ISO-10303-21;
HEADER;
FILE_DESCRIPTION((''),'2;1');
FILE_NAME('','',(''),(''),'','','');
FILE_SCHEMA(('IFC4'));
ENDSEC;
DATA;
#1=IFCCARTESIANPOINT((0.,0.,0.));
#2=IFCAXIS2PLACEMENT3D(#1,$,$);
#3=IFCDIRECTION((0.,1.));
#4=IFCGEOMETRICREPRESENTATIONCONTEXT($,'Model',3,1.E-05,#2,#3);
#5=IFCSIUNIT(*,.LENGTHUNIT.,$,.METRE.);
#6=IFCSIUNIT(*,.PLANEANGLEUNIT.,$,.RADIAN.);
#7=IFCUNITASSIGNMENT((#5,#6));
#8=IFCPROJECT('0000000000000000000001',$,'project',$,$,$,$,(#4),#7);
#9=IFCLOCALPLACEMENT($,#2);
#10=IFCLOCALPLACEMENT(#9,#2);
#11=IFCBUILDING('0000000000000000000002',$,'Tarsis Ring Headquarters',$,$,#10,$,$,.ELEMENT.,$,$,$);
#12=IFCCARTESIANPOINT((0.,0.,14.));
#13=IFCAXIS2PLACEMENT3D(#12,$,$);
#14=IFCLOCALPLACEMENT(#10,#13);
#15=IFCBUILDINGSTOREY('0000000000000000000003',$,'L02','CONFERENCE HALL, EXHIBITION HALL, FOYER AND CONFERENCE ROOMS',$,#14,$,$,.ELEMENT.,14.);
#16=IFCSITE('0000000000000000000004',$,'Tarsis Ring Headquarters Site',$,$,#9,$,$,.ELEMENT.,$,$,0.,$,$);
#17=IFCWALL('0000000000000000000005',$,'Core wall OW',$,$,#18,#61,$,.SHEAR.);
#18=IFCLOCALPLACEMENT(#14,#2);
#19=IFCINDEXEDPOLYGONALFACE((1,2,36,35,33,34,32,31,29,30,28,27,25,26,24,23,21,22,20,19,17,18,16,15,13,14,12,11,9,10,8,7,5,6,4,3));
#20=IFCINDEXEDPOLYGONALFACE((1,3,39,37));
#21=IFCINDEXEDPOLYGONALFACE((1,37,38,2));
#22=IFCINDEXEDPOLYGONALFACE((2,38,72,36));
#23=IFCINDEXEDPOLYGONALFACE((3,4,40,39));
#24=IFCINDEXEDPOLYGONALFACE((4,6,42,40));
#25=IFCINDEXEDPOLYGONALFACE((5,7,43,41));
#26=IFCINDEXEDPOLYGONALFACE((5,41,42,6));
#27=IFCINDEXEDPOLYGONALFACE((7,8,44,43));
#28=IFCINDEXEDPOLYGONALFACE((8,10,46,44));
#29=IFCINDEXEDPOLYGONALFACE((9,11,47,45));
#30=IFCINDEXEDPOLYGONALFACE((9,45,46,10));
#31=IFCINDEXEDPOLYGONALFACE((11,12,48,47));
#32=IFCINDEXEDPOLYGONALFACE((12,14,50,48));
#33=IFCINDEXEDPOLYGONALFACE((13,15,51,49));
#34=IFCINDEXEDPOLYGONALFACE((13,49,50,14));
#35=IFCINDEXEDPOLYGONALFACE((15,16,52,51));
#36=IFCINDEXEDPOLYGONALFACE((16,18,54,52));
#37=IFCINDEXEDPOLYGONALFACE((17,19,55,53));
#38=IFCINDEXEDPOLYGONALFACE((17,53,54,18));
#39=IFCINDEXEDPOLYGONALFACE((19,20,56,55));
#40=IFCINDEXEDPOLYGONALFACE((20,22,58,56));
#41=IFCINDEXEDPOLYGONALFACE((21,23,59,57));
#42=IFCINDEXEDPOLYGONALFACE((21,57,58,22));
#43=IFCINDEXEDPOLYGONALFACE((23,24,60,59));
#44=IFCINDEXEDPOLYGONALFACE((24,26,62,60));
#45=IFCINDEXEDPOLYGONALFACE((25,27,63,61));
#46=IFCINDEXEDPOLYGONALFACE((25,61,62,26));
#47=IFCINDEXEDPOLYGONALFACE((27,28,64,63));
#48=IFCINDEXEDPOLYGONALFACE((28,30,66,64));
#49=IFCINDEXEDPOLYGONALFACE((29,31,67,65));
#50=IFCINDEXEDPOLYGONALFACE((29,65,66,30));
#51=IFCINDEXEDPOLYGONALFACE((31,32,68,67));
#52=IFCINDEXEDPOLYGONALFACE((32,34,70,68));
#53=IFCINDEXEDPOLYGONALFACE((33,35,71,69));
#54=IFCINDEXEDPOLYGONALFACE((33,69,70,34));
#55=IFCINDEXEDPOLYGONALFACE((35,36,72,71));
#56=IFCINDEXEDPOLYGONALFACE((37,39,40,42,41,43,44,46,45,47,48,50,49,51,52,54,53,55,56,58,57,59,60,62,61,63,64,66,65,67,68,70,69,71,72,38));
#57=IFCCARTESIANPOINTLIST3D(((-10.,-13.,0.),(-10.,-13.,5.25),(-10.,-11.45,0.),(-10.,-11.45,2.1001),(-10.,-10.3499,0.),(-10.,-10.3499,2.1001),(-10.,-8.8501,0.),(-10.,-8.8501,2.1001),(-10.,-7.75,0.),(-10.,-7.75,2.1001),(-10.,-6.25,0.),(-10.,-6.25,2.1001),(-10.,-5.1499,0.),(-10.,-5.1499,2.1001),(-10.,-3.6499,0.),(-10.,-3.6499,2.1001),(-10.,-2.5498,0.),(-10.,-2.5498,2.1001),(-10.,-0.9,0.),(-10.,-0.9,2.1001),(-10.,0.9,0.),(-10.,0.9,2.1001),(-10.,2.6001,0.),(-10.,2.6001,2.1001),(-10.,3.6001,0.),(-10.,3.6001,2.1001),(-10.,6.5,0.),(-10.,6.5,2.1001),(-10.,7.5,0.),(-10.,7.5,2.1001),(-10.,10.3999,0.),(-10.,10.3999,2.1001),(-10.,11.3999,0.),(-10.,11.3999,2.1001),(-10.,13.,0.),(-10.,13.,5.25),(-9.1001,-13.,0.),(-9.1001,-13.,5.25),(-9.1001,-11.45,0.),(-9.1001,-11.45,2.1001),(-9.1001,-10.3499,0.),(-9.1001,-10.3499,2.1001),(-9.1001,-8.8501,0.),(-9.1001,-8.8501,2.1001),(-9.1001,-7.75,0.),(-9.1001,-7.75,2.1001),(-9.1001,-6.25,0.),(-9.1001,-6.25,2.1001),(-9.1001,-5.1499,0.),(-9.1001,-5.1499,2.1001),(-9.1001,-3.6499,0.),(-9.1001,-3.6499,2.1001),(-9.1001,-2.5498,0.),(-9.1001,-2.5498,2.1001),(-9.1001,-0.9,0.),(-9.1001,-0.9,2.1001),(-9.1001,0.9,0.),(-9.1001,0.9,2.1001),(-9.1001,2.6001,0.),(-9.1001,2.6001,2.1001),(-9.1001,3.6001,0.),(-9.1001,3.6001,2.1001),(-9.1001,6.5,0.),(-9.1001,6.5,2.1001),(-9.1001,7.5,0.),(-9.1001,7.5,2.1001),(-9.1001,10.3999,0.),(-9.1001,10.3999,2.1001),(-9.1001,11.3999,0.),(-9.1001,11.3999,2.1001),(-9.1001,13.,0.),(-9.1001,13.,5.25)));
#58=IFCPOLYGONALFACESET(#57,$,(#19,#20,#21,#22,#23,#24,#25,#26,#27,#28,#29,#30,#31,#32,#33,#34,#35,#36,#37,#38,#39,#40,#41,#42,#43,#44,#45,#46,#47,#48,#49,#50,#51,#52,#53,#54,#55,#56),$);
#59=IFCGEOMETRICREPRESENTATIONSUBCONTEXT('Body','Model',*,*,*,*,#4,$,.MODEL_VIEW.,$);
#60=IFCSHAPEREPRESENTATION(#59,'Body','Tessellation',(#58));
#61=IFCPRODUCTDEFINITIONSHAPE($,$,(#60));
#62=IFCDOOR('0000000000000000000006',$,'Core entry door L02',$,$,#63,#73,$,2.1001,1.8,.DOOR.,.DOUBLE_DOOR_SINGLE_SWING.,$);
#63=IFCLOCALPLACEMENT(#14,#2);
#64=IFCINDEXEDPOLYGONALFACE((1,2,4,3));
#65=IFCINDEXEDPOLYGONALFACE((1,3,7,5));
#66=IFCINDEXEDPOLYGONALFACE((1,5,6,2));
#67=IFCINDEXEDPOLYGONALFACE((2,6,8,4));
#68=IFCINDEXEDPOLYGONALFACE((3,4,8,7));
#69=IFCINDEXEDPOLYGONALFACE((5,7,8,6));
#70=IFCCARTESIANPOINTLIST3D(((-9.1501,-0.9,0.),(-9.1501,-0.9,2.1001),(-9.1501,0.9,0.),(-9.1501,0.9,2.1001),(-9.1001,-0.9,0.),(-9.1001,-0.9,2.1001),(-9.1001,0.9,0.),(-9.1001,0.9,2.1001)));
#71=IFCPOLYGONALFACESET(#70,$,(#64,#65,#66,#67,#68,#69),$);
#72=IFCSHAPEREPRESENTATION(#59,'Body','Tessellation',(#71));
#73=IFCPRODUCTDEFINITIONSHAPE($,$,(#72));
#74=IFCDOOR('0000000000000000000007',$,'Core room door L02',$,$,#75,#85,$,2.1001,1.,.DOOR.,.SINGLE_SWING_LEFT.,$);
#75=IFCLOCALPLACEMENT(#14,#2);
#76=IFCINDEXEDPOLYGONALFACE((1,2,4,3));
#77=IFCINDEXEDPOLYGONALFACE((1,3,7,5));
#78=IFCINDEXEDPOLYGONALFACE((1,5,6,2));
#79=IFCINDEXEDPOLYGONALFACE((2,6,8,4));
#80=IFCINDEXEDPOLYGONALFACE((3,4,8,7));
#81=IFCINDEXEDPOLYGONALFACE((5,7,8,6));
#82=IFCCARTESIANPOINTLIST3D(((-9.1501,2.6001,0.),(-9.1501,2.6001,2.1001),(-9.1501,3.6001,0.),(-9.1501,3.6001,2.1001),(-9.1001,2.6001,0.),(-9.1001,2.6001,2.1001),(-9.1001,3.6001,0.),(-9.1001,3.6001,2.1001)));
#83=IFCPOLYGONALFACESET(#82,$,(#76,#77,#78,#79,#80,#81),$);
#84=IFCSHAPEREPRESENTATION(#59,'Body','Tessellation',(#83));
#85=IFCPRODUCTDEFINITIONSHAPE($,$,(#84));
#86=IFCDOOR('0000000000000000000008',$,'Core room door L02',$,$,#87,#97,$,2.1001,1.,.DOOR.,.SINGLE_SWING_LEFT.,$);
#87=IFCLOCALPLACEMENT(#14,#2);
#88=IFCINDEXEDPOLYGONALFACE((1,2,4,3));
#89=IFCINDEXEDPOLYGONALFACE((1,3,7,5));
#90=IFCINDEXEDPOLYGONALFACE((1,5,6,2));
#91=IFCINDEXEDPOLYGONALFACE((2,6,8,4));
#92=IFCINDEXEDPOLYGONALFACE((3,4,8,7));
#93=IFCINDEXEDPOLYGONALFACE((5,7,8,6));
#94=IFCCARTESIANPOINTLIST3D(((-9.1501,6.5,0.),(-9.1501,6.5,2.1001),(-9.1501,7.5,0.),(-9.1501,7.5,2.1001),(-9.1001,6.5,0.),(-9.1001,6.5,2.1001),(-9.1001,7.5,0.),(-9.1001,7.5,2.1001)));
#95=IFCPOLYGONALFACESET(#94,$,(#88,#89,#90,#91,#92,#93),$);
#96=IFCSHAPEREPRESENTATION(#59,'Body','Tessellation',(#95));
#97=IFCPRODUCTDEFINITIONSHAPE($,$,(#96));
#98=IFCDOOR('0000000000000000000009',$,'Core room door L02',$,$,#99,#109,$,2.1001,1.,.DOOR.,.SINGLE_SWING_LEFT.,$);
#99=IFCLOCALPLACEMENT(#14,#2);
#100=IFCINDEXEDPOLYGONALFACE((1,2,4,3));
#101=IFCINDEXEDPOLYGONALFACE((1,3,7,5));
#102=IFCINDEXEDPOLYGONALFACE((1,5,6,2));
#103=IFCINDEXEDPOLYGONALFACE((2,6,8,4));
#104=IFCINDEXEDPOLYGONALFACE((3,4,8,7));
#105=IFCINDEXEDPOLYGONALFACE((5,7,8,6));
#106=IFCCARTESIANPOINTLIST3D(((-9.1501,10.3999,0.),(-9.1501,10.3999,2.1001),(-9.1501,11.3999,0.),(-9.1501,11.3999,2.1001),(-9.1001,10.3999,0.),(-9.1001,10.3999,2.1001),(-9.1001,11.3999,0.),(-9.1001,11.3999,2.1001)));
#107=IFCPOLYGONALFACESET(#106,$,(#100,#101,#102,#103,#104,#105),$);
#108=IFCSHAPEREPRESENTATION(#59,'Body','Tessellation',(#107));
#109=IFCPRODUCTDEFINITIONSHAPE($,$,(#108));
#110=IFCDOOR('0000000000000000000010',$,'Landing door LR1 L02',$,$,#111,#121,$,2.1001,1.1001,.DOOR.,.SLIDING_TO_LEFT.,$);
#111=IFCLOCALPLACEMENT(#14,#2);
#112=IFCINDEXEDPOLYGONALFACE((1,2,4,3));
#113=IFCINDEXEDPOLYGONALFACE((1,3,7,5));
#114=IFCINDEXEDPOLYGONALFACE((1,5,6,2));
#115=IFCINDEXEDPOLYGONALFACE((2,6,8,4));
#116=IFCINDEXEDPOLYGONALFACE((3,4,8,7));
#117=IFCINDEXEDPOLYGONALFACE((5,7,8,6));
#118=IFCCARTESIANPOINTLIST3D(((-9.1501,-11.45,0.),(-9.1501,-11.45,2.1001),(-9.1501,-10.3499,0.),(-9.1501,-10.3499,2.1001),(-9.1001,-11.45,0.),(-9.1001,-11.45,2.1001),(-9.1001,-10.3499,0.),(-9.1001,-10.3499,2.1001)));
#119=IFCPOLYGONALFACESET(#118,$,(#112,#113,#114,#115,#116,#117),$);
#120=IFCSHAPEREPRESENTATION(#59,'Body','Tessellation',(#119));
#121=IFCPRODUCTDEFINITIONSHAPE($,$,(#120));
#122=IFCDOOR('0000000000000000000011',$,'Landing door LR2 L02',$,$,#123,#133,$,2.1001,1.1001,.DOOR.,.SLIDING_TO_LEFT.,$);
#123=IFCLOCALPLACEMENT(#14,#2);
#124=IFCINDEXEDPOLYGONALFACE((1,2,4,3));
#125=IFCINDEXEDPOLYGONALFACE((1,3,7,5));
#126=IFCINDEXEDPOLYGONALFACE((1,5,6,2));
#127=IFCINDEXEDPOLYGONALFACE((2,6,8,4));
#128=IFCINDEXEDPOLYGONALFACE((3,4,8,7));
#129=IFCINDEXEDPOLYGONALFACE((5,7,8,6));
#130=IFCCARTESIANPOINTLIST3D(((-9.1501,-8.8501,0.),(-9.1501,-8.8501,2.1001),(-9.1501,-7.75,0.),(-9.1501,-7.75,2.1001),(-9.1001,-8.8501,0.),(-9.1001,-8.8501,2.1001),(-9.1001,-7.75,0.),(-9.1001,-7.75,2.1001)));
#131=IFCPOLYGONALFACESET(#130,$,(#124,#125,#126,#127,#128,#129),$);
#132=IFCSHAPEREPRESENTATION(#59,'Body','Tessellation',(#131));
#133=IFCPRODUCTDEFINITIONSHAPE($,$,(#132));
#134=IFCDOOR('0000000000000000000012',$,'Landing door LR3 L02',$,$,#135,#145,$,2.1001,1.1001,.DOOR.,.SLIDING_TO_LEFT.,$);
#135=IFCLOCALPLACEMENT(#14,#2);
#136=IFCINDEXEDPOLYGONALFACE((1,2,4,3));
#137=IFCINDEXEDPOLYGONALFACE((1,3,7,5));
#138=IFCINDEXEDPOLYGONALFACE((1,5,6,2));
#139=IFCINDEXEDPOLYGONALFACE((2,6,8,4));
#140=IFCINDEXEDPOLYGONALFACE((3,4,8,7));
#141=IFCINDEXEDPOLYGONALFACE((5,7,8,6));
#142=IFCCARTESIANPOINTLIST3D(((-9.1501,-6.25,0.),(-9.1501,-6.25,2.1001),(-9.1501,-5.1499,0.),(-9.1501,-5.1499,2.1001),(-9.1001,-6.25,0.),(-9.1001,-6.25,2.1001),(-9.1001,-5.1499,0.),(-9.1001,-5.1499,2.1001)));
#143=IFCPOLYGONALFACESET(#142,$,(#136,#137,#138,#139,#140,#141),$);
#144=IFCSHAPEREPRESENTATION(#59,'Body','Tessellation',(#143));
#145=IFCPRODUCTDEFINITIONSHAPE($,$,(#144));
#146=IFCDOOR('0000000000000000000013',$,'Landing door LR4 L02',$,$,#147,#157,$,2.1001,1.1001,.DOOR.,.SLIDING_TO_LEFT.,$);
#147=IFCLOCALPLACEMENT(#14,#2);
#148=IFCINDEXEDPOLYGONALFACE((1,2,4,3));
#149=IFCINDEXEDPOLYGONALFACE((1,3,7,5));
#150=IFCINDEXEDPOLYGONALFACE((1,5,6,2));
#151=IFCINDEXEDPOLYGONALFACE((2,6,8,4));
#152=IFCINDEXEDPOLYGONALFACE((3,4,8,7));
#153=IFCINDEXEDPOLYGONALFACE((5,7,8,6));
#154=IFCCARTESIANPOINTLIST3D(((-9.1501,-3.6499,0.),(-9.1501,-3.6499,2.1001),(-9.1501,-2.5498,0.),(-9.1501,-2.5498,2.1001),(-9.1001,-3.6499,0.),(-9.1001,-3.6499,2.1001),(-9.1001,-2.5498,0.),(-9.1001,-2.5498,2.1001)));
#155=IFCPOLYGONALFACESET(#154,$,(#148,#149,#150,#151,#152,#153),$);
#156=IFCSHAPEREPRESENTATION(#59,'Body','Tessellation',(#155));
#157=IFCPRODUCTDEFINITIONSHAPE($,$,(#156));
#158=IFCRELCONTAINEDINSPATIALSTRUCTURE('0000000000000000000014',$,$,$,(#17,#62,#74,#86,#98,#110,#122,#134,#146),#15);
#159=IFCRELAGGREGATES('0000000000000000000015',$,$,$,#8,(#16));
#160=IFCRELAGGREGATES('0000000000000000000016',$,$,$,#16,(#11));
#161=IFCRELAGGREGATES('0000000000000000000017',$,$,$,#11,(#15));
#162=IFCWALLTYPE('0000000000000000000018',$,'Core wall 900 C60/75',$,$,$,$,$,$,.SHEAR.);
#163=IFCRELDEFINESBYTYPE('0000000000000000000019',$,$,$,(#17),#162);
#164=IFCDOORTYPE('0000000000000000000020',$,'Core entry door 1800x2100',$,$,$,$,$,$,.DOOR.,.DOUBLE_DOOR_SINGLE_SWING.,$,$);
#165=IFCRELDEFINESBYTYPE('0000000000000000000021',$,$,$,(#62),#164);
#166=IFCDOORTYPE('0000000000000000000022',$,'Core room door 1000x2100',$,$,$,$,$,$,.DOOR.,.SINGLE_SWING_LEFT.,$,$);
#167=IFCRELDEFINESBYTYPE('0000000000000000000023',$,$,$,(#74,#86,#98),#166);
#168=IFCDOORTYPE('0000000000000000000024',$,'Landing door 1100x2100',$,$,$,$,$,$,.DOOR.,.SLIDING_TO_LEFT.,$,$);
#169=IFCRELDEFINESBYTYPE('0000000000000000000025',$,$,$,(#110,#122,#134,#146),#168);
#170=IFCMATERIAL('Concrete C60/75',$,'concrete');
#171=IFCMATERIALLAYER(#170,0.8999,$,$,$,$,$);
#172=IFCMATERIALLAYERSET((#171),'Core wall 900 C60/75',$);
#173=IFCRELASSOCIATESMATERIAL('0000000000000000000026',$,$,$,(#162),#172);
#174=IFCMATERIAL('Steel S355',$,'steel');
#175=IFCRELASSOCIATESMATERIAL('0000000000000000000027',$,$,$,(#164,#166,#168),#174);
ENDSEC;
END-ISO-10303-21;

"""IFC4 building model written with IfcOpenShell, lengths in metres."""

from ifc_helpers import new_model, si_unit, direction, frame, frame_2d, origin, place, context, subcontext, project, spatial, rectangle, extrude, material, layer, layer_set, type_object, element, fill, save


model = new_model("IFC4")

# Units and contexts
model_context = context("Model", 3, precision=1e-05, world=origin(), true_north=direction((0.0, 1.0)))
body_context = subcontext(model_context, "Body", "Model", "MODEL_VIEW")
ifc_project = project(units=[si_unit("LENGTHUNIT", "METRE"), si_unit("PLANEANGLEUNIT", "RADIAN")], contexts=[model_context])

# Site, building, storey
site_placement = place(None, origin())
site = spatial("IfcSite", under=ifc_project, at=site_placement, Name="Tarsis Ring Headquarters Site", CompositionType="ELEMENT", RefElevation=0.0)
building_placement = place(site_placement, origin())
building = spatial("IfcBuilding", under=site, at=building_placement, Name="Tarsis Ring Headquarters", CompositionType="ELEMENT")
storey_placement = place(building_placement, frame((0.0, 0.0, 14.0)))
storey = spatial("IfcBuildingStorey", under=building, at=storey_placement, Name="L02", Description="CONFERENCE HALL, EXHIBITION HALL, FOYER AND CONFERENCE ROOMS", CompositionType="ELEMENT", Elevation=14.0)

# Shared definitions
ifc_material_1 = material(Name="Concrete C60/75", Category="concrete")

# Wall, openings, doors
ifc_layer_1 = layer(ifc_material_1, 0.8999)
ifc_layer_set_1 = layer_set([ifc_layer_1], Name="Core wall 900 C60/75")
wall_type_1 = type_object("IfcWallType", Name="Core wall 900 C60/75", PredefinedType="SHEAR", material=ifc_layer_set_1)
wall_1_placement = place(storey_placement, frame((-9.55, -13.0, 0.0), z_axis=(0.0, 0.0, 1.0), x_axis=(0.0, 1.0, 0.0)))
wall_1 = element("IfcWall", 1, at=wall_1_placement, inside=storey, type_object=wall_type_1, Name="Core wall OW", PredefinedType="SHEAR", context=body_context, shape_type="SweptSolid", body=[
    extrude(rectangle(XDim=26.0, YDim=0.8999, at=frame_2d((13.0, 0.0))), origin(), (0.0, 0.0, 1.0), 5.25),
])
opening_1_placement = place(wall_1_placement, frame((1.55, 0.0, 0.0)))
opening_1 = element("IfcOpeningElement", 2, at=opening_1_placement, cuts=wall_1, PredefinedType="OPENING", context=body_context, shape_type="SweptSolid", body=[
    extrude(rectangle(XDim=1.1001, YDim=2.1001, at=frame_2d((0.55, 1.05))), frame((0.0, 0.46, 0.0), z_axis=(0.0, -1.0, 0.0), x_axis=(1.0, 0.0, 0.0)), (0.0, 0.0, 1.0), 0.9199),
])
opening_2_placement = place(wall_1_placement, frame((4.1499, 0.0, 0.0)))
opening_2 = element("IfcOpeningElement", 3, at=opening_2_placement, cuts=wall_1, PredefinedType="OPENING", context=body_context, shape_type="SweptSolid", body=[
    extrude(rectangle(XDim=1.1001, YDim=2.1001, at=frame_2d((0.55, 1.05))), frame((0.0, 0.46, 0.0), z_axis=(0.0, -1.0, 0.0), x_axis=(1.0, 0.0, 0.0)), (0.0, 0.0, 1.0), 0.9199),
])
opening_3_placement = place(wall_1_placement, frame((6.75, 0.0, 0.0)))
opening_3 = element("IfcOpeningElement", 4, at=opening_3_placement, cuts=wall_1, PredefinedType="OPENING", context=body_context, shape_type="SweptSolid", body=[
    extrude(rectangle(XDim=1.1001, YDim=2.1001, at=frame_2d((0.55, 1.05))), frame((0.0, 0.46, 0.0), z_axis=(0.0, -1.0, 0.0), x_axis=(1.0, 0.0, 0.0)), (0.0, 0.0, 1.0), 0.9199),
])
opening_4_placement = place(wall_1_placement, frame((9.3501, 0.0, 0.0)))
opening_4 = element("IfcOpeningElement", 5, at=opening_4_placement, cuts=wall_1, PredefinedType="OPENING", context=body_context, shape_type="SweptSolid", body=[
    extrude(rectangle(XDim=1.1001, YDim=2.1001, at=frame_2d((0.55, 1.05))), frame((0.0, 0.46, 0.0), z_axis=(0.0, -1.0, 0.0), x_axis=(1.0, 0.0, 0.0)), (0.0, 0.0, 1.0), 0.9199),
])
opening_5_placement = place(wall_1_placement, frame((12.1001, 0.0, 0.0)))
opening_5 = element("IfcOpeningElement", 6, at=opening_5_placement, cuts=wall_1, PredefinedType="OPENING", context=body_context, shape_type="SweptSolid", body=[
    extrude(rectangle(XDim=1.8, YDim=2.1001, at=frame_2d((0.8999, 1.05))), frame((0.0, 0.46, 0.0), z_axis=(0.0, -1.0, 0.0), x_axis=(1.0, 0.0, 0.0)), (0.0, 0.0, 1.0), 0.9199),
])
opening_6_placement = place(wall_1_placement, frame((15.6001, 0.0, 0.0)))
opening_6 = element("IfcOpeningElement", 7, at=opening_6_placement, cuts=wall_1, PredefinedType="OPENING", context=body_context, shape_type="SweptSolid", body=[
    extrude(rectangle(XDim=1.0, YDim=2.1001, at=frame_2d((0.5, 1.05))), frame((0.0, 0.46, 0.0), z_axis=(0.0, -1.0, 0.0), x_axis=(1.0, 0.0, 0.0)), (0.0, 0.0, 1.0), 0.9199),
])
opening_7_placement = place(wall_1_placement, frame((19.5, 0.0, 0.0)))
opening_7 = element("IfcOpeningElement", 8, at=opening_7_placement, cuts=wall_1, PredefinedType="OPENING", context=body_context, shape_type="SweptSolid", body=[
    extrude(rectangle(XDim=1.0, YDim=2.1001, at=frame_2d((0.5, 1.05))), frame((0.0, 0.46, 0.0), z_axis=(0.0, -1.0, 0.0), x_axis=(1.0, 0.0, 0.0)), (0.0, 0.0, 1.0), 0.9199),
])
opening_8_placement = place(wall_1_placement, frame((23.3999, 0.0, 0.0)))
opening_8 = element("IfcOpeningElement", 9, at=opening_8_placement, cuts=wall_1, PredefinedType="OPENING", context=body_context, shape_type="SweptSolid", body=[
    extrude(rectangle(XDim=1.0, YDim=2.1001, at=frame_2d((0.5, 1.05))), frame((0.0, 0.46, 0.0), z_axis=(0.0, -1.0, 0.0), x_axis=(1.0, 0.0, 0.0)), (0.0, 0.0, 1.0), 0.9199),
])
ifc_material_2 = material(Name="Steel S355", Category="steel")
door_type_1 = type_object("IfcDoorType", Name="Core entry door 1800x2100", OperationType="DOUBLE_DOOR_SINGLE_SWING", PredefinedType="DOOR", material=ifc_material_2)
door_1_placement = place(opening_5_placement, origin())
door_1 = element("IfcDoor", 10, at=door_1_placement, inside=storey, type_object=door_type_1, Name="Core entry door L02", OperationType="DOUBLE_DOOR_SINGLE_SWING", OverallHeight=2.1001, OverallWidth=1.8, PredefinedType="DOOR", context=body_context, shape_type="SweptSolid", body=[
    extrude(rectangle(XDim=1.8, YDim=2.1001, at=frame_2d((0.8999, 1.05))), frame((0.0, -0.3999, 0.0), z_axis=(0.0, -1.0, 0.0), x_axis=(1.0, 0.0, 0.0)), (0.0, 0.0, 1.0), 0.05),
])
fill(opening_5, door_1)
door_type_2 = type_object("IfcDoorType", Name="Core room door 1000x2100", OperationType="SINGLE_SWING_LEFT", PredefinedType="DOOR", material=ifc_material_2)
door_2_placement = place(opening_6_placement, origin())
door_2 = element("IfcDoor", 11, at=door_2_placement, inside=storey, type_object=door_type_2, Name="Core room door L02", OperationType="SINGLE_SWING_LEFT", OverallHeight=2.1001, OverallWidth=1.0, PredefinedType="DOOR", context=body_context, shape_type="SweptSolid", body=[
    extrude(rectangle(XDim=1.0, YDim=2.1001, at=frame_2d((0.5, 1.05))), frame((0.0, -0.3999, 0.0), z_axis=(0.0, -1.0, 0.0), x_axis=(1.0, 0.0, 0.0)), (0.0, 0.0, 1.0), 0.05),
])
fill(opening_6, door_2)
door_3_placement = place(opening_7_placement, origin())
door_3 = element("IfcDoor", 12, at=door_3_placement, inside=storey, type_object=door_type_2, Name="Core room door L02", OperationType="SINGLE_SWING_LEFT", OverallHeight=2.1001, OverallWidth=1.0, PredefinedType="DOOR", context=body_context, shape_type="SweptSolid", body=[
    extrude(rectangle(XDim=1.0, YDim=2.1001, at=frame_2d((0.5, 1.05))), frame((0.0, -0.3999, 0.0), z_axis=(0.0, -1.0, 0.0), x_axis=(1.0, 0.0, 0.0)), (0.0, 0.0, 1.0), 0.05),
])
fill(opening_7, door_3)
door_4_placement = place(opening_8_placement, origin())
door_4 = element("IfcDoor", 13, at=door_4_placement, inside=storey, type_object=door_type_2, Name="Core room door L02", OperationType="SINGLE_SWING_LEFT", OverallHeight=2.1001, OverallWidth=1.0, PredefinedType="DOOR", context=body_context, shape_type="SweptSolid", body=[
    extrude(rectangle(XDim=1.0, YDim=2.1001, at=frame_2d((0.5, 1.05))), frame((0.0, -0.3999, 0.0), z_axis=(0.0, -1.0, 0.0), x_axis=(1.0, 0.0, 0.0)), (0.0, 0.0, 1.0), 0.05),
])
fill(opening_8, door_4)
door_type_3 = type_object("IfcDoorType", Name="Landing door 1100x2100", OperationType="SLIDING_TO_LEFT", PredefinedType="DOOR", material=ifc_material_2)
door_5_placement = place(opening_1_placement, origin())
door_5 = element("IfcDoor", 14, at=door_5_placement, inside=storey, type_object=door_type_3, Name="Landing door LR1 L02", OperationType="SLIDING_TO_LEFT", OverallHeight=2.1001, OverallWidth=1.1001, PredefinedType="DOOR", context=body_context, shape_type="SweptSolid", body=[
    extrude(rectangle(XDim=1.1001, YDim=2.1001, at=frame_2d((0.55, 1.05))), frame((0.0, -0.3999, 0.0), z_axis=(0.0, -1.0, 0.0), x_axis=(1.0, 0.0, 0.0)), (0.0, 0.0, 1.0), 0.05),
])
fill(opening_1, door_5)
door_6_placement = place(opening_2_placement, origin())
door_6 = element("IfcDoor", 15, at=door_6_placement, inside=storey, type_object=door_type_3, Name="Landing door LR2 L02", OperationType="SLIDING_TO_LEFT", OverallHeight=2.1001, OverallWidth=1.1001, PredefinedType="DOOR", context=body_context, shape_type="SweptSolid", body=[
    extrude(rectangle(XDim=1.1001, YDim=2.1001, at=frame_2d((0.55, 1.05))), frame((0.0, -0.3999, 0.0), z_axis=(0.0, -1.0, 0.0), x_axis=(1.0, 0.0, 0.0)), (0.0, 0.0, 1.0), 0.05),
])
fill(opening_2, door_6)
door_7_placement = place(opening_3_placement, origin())
door_7 = element("IfcDoor", 16, at=door_7_placement, inside=storey, type_object=door_type_3, Name="Landing door LR3 L02", OperationType="SLIDING_TO_LEFT", OverallHeight=2.1001, OverallWidth=1.1001, PredefinedType="DOOR", context=body_context, shape_type="SweptSolid", body=[
    extrude(rectangle(XDim=1.1001, YDim=2.1001, at=frame_2d((0.55, 1.05))), frame((0.0, -0.3999, 0.0), z_axis=(0.0, -1.0, 0.0), x_axis=(1.0, 0.0, 0.0)), (0.0, 0.0, 1.0), 0.05),
])
fill(opening_3, door_7)
door_8_placement = place(opening_4_placement, origin())
door_8 = element("IfcDoor", 17, at=door_8_placement, inside=storey, type_object=door_type_3, Name="Landing door LR4 L02", OperationType="SLIDING_TO_LEFT", OverallHeight=2.1001, OverallWidth=1.1001, PredefinedType="DOOR", context=body_context, shape_type="SweptSolid", body=[
    extrude(rectangle(XDim=1.1001, YDim=2.1001, at=frame_2d((0.55, 1.05))), frame((0.0, -0.3999, 0.0), z_axis=(0.0, -1.0, 0.0), x_axis=(1.0, 0.0, 0.0)), (0.0, 0.0, 1.0), 0.05),
])
fill(opening_4, door_8)

save(model, "model.ifc")
